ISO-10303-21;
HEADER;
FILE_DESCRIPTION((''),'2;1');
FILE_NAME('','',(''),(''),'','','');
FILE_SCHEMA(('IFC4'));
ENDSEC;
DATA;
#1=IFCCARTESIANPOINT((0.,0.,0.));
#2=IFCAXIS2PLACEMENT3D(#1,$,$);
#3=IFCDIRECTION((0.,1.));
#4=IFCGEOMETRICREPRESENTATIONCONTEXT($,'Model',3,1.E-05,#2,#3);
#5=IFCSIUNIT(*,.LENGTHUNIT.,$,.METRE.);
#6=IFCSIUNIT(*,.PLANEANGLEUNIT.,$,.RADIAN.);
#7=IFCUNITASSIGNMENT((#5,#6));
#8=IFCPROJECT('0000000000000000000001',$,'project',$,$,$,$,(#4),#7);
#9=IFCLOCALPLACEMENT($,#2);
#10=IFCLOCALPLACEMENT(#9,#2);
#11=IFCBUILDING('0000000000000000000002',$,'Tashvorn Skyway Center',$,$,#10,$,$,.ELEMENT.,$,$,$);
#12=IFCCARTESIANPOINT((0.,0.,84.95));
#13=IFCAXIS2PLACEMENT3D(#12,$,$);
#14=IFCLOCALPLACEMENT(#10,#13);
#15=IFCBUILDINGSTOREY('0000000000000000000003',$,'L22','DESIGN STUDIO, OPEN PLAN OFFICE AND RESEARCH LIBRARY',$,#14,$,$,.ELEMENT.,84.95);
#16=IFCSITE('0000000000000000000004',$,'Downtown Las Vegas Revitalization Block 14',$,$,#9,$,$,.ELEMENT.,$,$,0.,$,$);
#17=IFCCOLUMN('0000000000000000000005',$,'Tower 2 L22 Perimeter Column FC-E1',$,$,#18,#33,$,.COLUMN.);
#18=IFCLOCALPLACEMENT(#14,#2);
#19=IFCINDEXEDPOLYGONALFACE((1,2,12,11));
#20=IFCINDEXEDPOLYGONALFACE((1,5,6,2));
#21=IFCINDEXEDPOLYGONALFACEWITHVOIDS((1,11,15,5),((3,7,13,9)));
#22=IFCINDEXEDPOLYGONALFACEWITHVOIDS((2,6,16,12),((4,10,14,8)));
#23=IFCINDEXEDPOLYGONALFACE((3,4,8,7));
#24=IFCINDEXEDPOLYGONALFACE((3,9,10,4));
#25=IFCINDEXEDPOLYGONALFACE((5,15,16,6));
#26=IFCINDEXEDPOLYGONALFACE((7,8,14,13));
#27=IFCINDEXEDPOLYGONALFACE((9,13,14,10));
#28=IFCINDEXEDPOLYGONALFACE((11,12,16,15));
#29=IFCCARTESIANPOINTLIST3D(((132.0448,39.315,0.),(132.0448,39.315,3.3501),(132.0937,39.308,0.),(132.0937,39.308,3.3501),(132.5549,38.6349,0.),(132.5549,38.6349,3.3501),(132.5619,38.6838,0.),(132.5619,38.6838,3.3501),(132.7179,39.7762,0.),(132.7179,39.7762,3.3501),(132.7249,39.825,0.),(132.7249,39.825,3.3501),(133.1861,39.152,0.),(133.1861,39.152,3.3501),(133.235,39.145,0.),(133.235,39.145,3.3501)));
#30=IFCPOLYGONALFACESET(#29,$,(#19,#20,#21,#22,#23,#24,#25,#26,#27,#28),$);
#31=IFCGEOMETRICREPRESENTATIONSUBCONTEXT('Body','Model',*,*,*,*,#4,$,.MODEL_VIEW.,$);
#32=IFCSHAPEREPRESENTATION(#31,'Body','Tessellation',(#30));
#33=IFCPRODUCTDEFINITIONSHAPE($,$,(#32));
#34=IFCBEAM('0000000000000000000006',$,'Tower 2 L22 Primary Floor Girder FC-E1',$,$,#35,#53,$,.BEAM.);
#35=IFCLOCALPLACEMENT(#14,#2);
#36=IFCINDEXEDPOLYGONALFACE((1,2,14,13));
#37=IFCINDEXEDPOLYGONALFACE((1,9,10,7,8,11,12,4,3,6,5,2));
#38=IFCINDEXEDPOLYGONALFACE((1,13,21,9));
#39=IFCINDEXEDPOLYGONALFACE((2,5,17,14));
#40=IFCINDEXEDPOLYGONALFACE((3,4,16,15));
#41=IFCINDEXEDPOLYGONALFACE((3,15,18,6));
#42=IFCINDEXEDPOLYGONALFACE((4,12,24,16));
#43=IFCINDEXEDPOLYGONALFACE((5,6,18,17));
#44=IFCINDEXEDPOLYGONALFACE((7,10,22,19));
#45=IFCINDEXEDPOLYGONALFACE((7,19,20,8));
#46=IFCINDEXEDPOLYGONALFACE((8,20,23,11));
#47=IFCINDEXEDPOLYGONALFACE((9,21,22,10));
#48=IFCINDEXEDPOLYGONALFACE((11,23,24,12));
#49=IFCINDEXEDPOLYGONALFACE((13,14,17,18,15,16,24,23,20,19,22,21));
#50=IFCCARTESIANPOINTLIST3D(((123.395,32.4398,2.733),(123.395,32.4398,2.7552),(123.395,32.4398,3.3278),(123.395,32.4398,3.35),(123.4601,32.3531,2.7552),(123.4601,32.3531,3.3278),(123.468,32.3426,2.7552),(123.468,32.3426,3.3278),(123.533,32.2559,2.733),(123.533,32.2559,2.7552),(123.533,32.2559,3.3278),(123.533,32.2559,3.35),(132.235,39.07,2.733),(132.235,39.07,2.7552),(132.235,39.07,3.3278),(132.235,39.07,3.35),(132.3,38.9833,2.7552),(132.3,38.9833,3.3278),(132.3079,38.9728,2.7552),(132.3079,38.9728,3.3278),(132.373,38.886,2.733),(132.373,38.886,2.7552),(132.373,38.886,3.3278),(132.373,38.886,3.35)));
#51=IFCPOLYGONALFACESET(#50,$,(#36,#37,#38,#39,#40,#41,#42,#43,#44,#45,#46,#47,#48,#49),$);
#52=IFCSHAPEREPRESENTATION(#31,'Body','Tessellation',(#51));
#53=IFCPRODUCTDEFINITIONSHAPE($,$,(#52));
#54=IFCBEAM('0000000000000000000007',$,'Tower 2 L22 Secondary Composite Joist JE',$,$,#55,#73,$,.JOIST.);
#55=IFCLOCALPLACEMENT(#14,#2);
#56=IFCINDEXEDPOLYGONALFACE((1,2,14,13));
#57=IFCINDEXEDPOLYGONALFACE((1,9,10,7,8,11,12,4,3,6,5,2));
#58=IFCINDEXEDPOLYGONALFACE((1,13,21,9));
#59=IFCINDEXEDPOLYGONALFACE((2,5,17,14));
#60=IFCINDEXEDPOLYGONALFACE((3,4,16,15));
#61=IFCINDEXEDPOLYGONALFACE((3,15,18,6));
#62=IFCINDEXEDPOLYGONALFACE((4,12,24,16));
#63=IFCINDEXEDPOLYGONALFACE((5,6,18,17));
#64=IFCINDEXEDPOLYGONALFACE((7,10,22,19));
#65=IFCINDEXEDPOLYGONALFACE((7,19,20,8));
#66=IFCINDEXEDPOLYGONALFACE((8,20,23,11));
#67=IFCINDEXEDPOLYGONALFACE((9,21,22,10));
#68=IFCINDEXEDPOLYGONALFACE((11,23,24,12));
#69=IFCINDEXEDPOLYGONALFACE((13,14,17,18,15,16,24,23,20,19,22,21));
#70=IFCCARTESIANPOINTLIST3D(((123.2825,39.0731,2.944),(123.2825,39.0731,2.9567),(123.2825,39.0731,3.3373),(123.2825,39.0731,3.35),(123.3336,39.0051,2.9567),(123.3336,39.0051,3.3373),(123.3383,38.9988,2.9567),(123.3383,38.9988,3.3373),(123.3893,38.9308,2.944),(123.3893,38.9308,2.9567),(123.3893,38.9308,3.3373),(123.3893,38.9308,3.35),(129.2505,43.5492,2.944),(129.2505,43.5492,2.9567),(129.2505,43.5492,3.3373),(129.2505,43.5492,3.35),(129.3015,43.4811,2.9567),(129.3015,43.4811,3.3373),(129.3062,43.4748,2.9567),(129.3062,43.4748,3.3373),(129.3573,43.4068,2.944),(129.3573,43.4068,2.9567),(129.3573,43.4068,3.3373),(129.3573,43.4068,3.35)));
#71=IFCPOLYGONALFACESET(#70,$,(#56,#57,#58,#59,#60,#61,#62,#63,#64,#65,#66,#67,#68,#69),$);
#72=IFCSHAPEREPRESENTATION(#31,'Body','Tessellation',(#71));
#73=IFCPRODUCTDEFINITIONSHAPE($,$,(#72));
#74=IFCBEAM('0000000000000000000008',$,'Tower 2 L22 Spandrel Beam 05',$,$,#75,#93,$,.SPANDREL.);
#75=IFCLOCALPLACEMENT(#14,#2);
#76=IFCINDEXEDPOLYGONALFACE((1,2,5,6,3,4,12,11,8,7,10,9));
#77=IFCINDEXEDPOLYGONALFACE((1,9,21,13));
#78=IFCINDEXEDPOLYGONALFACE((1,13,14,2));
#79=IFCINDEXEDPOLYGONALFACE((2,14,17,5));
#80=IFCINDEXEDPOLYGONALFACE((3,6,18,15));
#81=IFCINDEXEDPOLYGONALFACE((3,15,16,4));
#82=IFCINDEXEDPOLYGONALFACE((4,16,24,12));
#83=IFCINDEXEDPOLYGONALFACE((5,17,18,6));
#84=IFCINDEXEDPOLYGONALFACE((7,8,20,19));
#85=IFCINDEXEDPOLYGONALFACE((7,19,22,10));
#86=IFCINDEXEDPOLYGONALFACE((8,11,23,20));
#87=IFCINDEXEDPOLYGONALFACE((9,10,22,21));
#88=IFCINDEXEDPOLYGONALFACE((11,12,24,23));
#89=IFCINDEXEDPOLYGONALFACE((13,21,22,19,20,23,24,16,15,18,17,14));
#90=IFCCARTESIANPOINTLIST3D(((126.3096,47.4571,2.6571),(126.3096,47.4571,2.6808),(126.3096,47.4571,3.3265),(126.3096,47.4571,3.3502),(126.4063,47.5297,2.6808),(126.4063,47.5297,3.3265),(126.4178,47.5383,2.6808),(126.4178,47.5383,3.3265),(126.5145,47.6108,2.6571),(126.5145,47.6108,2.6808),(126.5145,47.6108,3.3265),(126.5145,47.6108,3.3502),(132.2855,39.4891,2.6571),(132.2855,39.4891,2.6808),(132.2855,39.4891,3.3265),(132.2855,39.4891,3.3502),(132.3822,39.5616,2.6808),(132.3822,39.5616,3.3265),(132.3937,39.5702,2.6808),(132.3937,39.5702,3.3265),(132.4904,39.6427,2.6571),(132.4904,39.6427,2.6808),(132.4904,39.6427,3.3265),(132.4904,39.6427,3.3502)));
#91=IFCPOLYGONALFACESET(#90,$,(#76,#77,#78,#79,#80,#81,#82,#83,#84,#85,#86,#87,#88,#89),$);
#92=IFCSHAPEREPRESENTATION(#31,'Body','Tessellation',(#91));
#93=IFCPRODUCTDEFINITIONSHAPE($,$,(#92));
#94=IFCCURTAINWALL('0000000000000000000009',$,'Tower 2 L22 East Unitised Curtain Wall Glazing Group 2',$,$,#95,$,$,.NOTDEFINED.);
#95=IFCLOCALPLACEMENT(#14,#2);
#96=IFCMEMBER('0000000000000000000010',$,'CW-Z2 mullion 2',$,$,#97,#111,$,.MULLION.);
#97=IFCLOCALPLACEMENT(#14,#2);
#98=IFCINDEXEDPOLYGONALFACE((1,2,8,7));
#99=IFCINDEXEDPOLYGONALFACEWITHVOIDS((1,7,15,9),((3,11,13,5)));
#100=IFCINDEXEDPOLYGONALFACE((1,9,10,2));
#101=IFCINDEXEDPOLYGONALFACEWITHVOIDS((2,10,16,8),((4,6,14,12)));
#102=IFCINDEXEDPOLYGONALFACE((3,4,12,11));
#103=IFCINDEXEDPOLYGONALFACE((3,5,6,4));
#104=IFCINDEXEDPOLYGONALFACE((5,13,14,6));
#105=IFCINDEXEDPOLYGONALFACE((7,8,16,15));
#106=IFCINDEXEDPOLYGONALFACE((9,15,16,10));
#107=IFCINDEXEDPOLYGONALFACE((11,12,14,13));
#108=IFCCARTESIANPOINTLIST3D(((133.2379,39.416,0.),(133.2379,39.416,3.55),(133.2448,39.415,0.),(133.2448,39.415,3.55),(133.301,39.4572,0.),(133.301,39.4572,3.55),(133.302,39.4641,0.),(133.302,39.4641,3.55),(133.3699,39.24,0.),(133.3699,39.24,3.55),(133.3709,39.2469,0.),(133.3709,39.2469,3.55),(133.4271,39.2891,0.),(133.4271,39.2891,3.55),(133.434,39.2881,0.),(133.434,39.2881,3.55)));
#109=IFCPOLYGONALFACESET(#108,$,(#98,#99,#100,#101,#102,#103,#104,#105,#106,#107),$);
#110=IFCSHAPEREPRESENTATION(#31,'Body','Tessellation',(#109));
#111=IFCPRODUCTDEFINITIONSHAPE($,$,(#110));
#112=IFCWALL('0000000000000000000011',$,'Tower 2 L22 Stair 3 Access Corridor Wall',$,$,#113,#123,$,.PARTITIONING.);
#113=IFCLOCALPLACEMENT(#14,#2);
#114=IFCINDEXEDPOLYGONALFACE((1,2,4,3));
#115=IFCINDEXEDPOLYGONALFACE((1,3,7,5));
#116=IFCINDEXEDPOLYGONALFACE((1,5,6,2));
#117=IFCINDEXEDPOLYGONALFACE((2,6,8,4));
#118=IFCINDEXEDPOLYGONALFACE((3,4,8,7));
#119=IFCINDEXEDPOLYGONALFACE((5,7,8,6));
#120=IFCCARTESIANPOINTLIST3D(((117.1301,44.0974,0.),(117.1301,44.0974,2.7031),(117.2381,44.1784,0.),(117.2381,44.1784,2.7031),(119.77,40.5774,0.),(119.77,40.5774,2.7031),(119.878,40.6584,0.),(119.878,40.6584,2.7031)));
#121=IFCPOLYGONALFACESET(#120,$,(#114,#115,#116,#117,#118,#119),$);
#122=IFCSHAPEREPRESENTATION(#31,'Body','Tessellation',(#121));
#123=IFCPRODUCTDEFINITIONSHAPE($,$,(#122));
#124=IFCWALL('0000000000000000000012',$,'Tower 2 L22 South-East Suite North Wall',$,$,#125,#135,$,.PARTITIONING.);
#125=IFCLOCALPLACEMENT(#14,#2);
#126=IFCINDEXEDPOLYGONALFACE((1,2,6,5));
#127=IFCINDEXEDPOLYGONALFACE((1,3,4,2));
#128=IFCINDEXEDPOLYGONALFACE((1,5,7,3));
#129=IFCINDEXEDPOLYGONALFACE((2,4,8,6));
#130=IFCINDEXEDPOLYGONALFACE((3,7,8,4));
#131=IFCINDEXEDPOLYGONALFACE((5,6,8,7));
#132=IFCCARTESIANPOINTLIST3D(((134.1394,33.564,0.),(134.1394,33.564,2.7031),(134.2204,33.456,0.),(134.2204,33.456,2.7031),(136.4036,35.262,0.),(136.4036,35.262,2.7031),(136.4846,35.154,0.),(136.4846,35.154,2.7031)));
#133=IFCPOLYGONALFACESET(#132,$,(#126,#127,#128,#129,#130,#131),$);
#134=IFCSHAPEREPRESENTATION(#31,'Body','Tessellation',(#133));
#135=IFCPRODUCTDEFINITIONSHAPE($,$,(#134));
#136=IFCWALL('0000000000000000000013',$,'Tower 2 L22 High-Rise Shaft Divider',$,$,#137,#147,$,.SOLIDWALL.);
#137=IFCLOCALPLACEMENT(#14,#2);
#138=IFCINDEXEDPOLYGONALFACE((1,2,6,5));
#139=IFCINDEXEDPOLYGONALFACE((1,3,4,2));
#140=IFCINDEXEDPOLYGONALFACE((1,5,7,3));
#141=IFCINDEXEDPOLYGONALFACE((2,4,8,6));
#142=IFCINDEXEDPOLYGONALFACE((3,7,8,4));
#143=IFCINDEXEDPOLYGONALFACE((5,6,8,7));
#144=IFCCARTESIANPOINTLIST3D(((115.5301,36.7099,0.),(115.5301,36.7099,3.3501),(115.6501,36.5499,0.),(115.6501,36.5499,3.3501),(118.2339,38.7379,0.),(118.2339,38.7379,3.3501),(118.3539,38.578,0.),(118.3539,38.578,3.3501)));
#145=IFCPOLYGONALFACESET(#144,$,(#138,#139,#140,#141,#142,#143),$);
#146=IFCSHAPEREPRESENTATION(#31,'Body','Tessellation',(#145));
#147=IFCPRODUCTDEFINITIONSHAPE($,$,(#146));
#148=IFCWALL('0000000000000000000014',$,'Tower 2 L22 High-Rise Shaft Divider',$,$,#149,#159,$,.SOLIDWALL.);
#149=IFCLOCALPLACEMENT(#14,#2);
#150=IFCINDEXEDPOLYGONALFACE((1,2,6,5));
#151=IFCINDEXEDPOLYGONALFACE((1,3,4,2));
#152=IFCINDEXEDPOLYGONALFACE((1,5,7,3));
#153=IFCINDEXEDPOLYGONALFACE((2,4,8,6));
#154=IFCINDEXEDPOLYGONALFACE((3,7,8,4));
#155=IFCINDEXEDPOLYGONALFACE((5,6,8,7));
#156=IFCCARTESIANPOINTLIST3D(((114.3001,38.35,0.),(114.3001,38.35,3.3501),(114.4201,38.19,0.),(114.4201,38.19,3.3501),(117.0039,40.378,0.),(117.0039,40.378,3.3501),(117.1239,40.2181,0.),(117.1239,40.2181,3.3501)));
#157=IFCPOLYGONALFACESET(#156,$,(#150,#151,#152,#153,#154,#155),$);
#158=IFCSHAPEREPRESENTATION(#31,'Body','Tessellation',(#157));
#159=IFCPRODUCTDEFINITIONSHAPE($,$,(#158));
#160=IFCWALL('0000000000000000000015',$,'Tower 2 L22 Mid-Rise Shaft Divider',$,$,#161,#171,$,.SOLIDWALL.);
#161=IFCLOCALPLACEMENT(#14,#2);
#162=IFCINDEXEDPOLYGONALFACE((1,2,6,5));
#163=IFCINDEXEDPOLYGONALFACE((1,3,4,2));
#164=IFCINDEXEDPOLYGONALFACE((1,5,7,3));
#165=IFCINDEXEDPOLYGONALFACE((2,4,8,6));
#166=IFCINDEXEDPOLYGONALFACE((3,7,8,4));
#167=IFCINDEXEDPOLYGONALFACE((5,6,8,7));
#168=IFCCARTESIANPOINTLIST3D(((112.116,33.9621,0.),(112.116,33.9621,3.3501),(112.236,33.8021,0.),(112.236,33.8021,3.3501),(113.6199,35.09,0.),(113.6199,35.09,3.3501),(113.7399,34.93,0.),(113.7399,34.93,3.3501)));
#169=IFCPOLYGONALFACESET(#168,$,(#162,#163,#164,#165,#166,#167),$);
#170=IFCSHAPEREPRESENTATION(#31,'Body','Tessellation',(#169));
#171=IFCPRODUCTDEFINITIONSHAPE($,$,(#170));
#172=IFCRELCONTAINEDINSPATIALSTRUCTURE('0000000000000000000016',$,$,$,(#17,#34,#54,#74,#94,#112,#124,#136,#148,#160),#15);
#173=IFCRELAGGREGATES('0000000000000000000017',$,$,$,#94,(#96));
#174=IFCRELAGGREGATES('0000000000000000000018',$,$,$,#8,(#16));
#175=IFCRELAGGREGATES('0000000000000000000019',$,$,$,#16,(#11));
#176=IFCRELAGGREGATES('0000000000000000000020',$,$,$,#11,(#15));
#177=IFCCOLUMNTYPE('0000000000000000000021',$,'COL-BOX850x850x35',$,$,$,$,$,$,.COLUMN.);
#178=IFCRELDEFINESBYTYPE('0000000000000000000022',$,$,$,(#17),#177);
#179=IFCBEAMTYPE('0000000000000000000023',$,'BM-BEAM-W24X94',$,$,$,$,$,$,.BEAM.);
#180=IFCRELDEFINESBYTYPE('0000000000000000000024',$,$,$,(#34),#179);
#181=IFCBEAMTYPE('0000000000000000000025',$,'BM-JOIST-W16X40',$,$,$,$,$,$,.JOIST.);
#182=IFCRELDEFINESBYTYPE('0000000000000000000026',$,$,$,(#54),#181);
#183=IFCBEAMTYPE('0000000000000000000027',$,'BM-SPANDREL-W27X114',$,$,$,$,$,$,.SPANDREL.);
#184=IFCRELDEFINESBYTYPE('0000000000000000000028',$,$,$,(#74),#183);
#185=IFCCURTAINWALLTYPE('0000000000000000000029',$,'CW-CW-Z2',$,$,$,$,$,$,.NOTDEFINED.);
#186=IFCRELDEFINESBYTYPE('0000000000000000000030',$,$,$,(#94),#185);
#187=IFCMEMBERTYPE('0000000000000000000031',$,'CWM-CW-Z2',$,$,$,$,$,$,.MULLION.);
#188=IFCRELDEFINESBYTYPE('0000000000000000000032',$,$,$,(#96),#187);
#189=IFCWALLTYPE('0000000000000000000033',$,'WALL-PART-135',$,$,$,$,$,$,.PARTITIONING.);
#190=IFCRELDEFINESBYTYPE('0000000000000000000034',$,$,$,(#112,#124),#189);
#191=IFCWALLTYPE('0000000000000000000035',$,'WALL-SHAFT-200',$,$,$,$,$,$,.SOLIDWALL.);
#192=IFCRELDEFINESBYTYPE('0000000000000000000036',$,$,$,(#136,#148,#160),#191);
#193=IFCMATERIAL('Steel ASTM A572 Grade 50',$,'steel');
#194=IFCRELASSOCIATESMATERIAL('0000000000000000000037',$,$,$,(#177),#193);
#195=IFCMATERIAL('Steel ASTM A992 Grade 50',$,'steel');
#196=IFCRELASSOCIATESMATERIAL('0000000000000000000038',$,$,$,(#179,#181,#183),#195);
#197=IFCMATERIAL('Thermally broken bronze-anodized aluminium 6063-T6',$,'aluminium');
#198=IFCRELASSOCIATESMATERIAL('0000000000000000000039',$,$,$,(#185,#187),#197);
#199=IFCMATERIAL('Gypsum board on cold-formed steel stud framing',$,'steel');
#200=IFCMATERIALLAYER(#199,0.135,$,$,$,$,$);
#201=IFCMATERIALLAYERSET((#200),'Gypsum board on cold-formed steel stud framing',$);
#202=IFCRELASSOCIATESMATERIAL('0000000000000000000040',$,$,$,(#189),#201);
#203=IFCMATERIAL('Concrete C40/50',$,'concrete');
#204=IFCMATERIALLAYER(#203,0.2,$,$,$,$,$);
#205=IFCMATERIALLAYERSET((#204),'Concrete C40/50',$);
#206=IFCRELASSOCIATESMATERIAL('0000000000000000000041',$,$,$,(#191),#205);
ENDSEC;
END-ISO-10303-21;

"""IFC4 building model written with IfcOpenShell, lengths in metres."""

from ifc_helpers import new_model, si_unit, direction, frame, frame_2d, origin, origin_2d, place, context, subcontext, project, spatial, rectangle, hollow_rectangle, i_section, extrude, material, layer, layer_set, material_profile, profile_set, type_object, element, aggregate, save


model = new_model("IFC4")

# Units and contexts
model_context = context("Model", 3, precision=1e-05, world=origin(), true_north=direction((0.0, 1.0)))
body_context = subcontext(model_context, "Body", "Model", "MODEL_VIEW")
ifc_project = project(units=[si_unit("LENGTHUNIT", "METRE"), si_unit("PLANEANGLEUNIT", "RADIAN")], contexts=[model_context])

# Site, building, storey
site_placement = place(None, origin())
site = spatial("IfcSite", under=ifc_project, at=site_placement, Name="Downtown Las Vegas Revitalization Block 14", CompositionType="ELEMENT", RefElevation=0.0)
building_placement = place(site_placement, origin())
building = spatial("IfcBuilding", under=site, at=building_placement, Name="Tashvorn Skyway Center", CompositionType="ELEMENT")
storey_placement = place(building_placement, frame((0.0, 0.0, 84.95)))
storey = spatial("IfcBuildingStorey", under=building, at=storey_placement, Name="L22", Description="DESIGN STUDIO, OPEN PLAN OFFICE AND RESEARCH LIBRARY", CompositionType="ELEMENT", Elevation=84.95)

# Column
ifc_material_1 = material(Name="Steel ASTM A572 Grade 50", Category="steel")
ifc_material_profile_1 = material_profile(ifc_material_1, hollow_rectangle(XDim=0.8501, YDim=0.8501, WallThickness=0.0349, at=origin_2d()), Name="BOX850x850x35")
ifc_profile_set_1 = profile_set([ifc_material_profile_1], Name="Steel ASTM A572 Grade 50")
column_type = type_object("IfcColumnType", Name="COL-BOX850x850x35", PredefinedType="COLUMN", material=ifc_profile_set_1)
column_placement = place(storey_placement, frame((132.6399, 39.23, 0.0), z_axis=(0.0, 0.0, 1.0), x_axis=(0.8, 0.6, 0.0)))
element("IfcColumn", 1, at=column_placement, inside=storey, type_object=column_type, Name="Tower 2 L22 Perimeter Column FC-E1", PredefinedType="COLUMN", context=body_context, shape_type="SweptSolid", body=[
    extrude(hollow_rectangle(XDim=0.8501, YDim=0.8501, WallThickness=0.0349, at=origin_2d()), origin(), (0.0, 0.0, 1.0), 3.3501),
])

# Beams
ifc_material_2 = material(Name="Steel ASTM A992 Grade 50", Category="steel")
ifc_material_profile_2 = material_profile(ifc_material_2, i_section(OverallWidth=0.23, OverallDepth=0.6169, WebThickness=0.0132, FlangeThickness=0.0222, at=origin_2d()), Name="W24X94")
ifc_profile_set_2 = profile_set([ifc_material_profile_2], Name="Steel ASTM A992 Grade 50")
beam_type_1 = type_object("IfcBeamType", Name="BM-BEAM-W24X94", PredefinedType="BEAM", material=ifc_profile_set_2)
beam_1_placement = place(storey_placement, frame((132.304, 38.978, 3.0415), z_axis=(-0.799989, -0.600014, 0.0), x_axis=(0.600014, -0.799989, 0.0)))
element("IfcBeam", 2, at=beam_1_placement, inside=storey, type_object=beam_type_1, Name="Tower 2 L22 Primary Floor Girder FC-E1", PredefinedType="BEAM", context=body_context, shape_type="SweptSolid", body=[
    extrude(i_section(OverallWidth=0.23, OverallDepth=0.6169, WebThickness=0.0132, FlangeThickness=0.0222, at=origin_2d()), origin(), (0.0, 0.0, 1.0), 11.05),
])
ifc_material_profile_3 = material_profile(ifc_material_2, i_section(OverallWidth=0.178, OverallDepth=0.406, WebThickness=0.0078, FlangeThickness=0.0127, at=origin_2d()), Name="W16X40")
ifc_profile_set_3 = profile_set([ifc_material_profile_3], Name="Steel ASTM A992 Grade 50")
beam_type_2 = type_object("IfcBeamType", Name="BM-JOIST-W16X40", PredefinedType="JOIST", material=ifc_profile_set_3)
beam_2_placement = place(storey_placement, frame((123.3359, 39.002, 3.147), z_axis=(0.799996, 0.600005, 0.0), x_axis=(-0.600005, 0.799996, 0.0)))
element("IfcBeam", 3, at=beam_2_placement, inside=storey, type_object=beam_type_2, Name="Tower 2 L22 Secondary Composite Joist JE", PredefinedType="JOIST", context=body_context, shape_type="SweptSolid", body=[
    extrude(i_section(OverallWidth=0.178, OverallDepth=0.406, WebThickness=0.0078, FlangeThickness=0.0127, at=origin_2d()), origin(), (0.0, 0.0, 1.0), 7.46),
])
ifc_material_profile_4 = material_profile(ifc_material_2, i_section(OverallWidth=0.2561, OverallDepth=0.6931, WebThickness=0.0144, FlangeThickness=0.0237, at=origin_2d()), Name="W27X114")
ifc_profile_set_4 = profile_set([ifc_material_profile_4], Name="Steel ASTM A992 Grade 50")
beam_type_3 = type_object("IfcBeamType", Name="BM-SPANDREL-W27X114", PredefinedType="SPANDREL", material=ifc_profile_set_4)
beam_3_placement = place(storey_placement, frame((132.3879, 39.5659, 3.0037), z_axis=(-0.599988, 0.800009, 0.0), x_axis=(-0.800009, -0.599988, 0.0)))
element("IfcBeam", 4, at=beam_3_placement, inside=storey, type_object=beam_type_3, Name="Tower 2 L22 Spandrel Beam 05", PredefinedType="SPANDREL", context=body_context, shape_type="SweptSolid", body=[
    extrude(i_section(OverallWidth=0.2561, OverallDepth=0.6931, WebThickness=0.0144, FlangeThickness=0.0237, at=origin_2d()), origin(), (0.0, 0.0, 1.0), 9.96),
])

# Curtain wall, member
ifc_material_3 = material(Name="Thermally broken bronze-anodized aluminium 6063-T6", Category="aluminium")
curtain_wall_type = type_object("IfcCurtainWallType", Name="CW-CW-Z2", PredefinedType="NOTDEFINED", material=ifc_material_3)
curtain_wall_placement = place(storey_placement, origin())
curtain_wall = element("IfcCurtainWall", 5, at=curtain_wall_placement, inside=storey, type_object=curtain_wall_type, Name="Tower 2 L22 East Unitised Curtain Wall Glazing Group 2", PredefinedType="NOTDEFINED")
ifc_material_profile_5 = material_profile(ifc_material_3, hollow_rectangle(XDim=0.0801, YDim=0.22, WallThickness=0.0049, at=origin_2d()), Name="ALU-MULL-80x220")
ifc_profile_set_5 = profile_set([ifc_material_profile_5], Name="Thermally broken bronze-anodized aluminium 6063-T6")
member_type = type_object("IfcMemberType", Name="CWM-CW-Z2", PredefinedType="MULLION", material=ifc_profile_set_5)
member_placement = place(storey_placement, frame((133.3359, 39.3521, 0.0), z_axis=(0.0, 0.0, 1.0), x_axis=(0.8, 0.6, 0.0)))
member = element("IfcMember", 6, at=member_placement, type_object=member_type, Name="CW-Z2 mullion 2", PredefinedType="MULLION", context=body_context, shape_type="SweptSolid", body=[
    extrude(hollow_rectangle(XDim=0.0801, YDim=0.22, WallThickness=0.0049, at=origin_2d()), origin(), (0.0, 0.0, 1.0), 3.55),
])
aggregate(curtain_wall, [member])

# Walls
ifc_material_4 = material(Name="Gypsum board on cold-formed steel stud framing", Category="steel")
ifc_layer_1 = layer(ifc_material_4, 0.135)
ifc_layer_set_1 = layer_set([ifc_layer_1], Name="Gypsum board on cold-formed steel stud framing")
wall_type_1 = type_object("IfcWallType", Name="WALL-PART-135", PredefinedType="PARTITIONING", material=ifc_layer_set_1)
wall_1_placement = place(storey_placement, frame((119.824, 40.6179, 0.0), z_axis=(0.0, 0.0, 1.0), x_axis=(-0.599982, 0.800013, 0.0)))
element("IfcWall", 7, at=wall_1_placement, inside=storey, type_object=wall_type_1, Name="Tower 2 L22 Stair 3 Access Corridor Wall", PredefinedType="PARTITIONING", context=body_context, shape_type="SweptSolid", body=[
    extrude(rectangle(XDim=4.3999, YDim=0.135, at=frame_2d((2.2, 0.0))), origin(), (0.0, 0.0, 1.0), 2.7031),
])
wall_2_placement = place(storey_placement, frame((134.1799, 33.51, 0.0), z_axis=(0.0, 0.0, 1.0), x_axis=(0.800021, 0.599972, 0.0)))
element("IfcWall", 8, at=wall_2_placement, inside=storey, type_object=wall_type_1, Name="Tower 2 L22 South-East Suite North Wall", PredefinedType="PARTITIONING", context=body_context, shape_type="SweptSolid", body=[
    extrude(rectangle(XDim=2.8301, YDim=0.135, at=frame_2d((1.415, 0.0))), origin(), (0.0, 0.0, 1.0), 2.7031),
])
ifc_material_5 = material(Name="Concrete C40/50", Category="concrete")
ifc_layer_2 = layer(ifc_material_5, 0.2)
ifc_layer_set_2 = layer_set([ifc_layer_2], Name="Concrete C40/50")
wall_type_2 = type_object("IfcWallType", Name="WALL-SHAFT-200", PredefinedType="SOLIDWALL", material=ifc_layer_set_2)
for number, where, z_axis, x_axis, name in (
    (9, (115.5901, 36.6299, 0.0), (0.0, 0.0, 1.0), (0.799974, 0.600035, 0.0), "Tower 2 L22 High-Rise Shaft Divider"),
    (10, (114.3601, 38.27, 0.0), (0.0, 0.0, 1.0), (0.799974, 0.600035, 0.0), "Tower 2 L22 High-Rise Shaft Divider"),
):
    element("IfcWall", number, at=place(storey_placement, frame(where, z_axis=z_axis, x_axis=x_axis)), inside=storey, type_object=wall_type_2, Name=name, PredefinedType="SOLIDWALL", context=body_context, shape_type="SweptSolid", body=[
        extrude(rectangle(XDim=3.3799, YDim=0.2, at=frame_2d((1.6899, 0.0))), origin(), (0.0, 0.0, 1.0), 3.3501),
    ])
wall_3_placement = place(storey_placement, frame((112.176, 33.8821, 0.0), z_axis=(0.0, 0.0, 1.0), x_axis=(0.8, 0.6, 0.0)))
element("IfcWall", 11, at=wall_3_placement, inside=storey, type_object=wall_type_2, Name="Tower 2 L22 Mid-Rise Shaft Divider", PredefinedType="SOLIDWALL", context=body_context, shape_type="SweptSolid", body=[
    extrude(rectangle(XDim=1.8799, YDim=0.2, at=frame_2d((0.9399, 0.0))), origin(), (0.0, 0.0, 1.0), 3.3501),
])

save(model, "model.ifc")
